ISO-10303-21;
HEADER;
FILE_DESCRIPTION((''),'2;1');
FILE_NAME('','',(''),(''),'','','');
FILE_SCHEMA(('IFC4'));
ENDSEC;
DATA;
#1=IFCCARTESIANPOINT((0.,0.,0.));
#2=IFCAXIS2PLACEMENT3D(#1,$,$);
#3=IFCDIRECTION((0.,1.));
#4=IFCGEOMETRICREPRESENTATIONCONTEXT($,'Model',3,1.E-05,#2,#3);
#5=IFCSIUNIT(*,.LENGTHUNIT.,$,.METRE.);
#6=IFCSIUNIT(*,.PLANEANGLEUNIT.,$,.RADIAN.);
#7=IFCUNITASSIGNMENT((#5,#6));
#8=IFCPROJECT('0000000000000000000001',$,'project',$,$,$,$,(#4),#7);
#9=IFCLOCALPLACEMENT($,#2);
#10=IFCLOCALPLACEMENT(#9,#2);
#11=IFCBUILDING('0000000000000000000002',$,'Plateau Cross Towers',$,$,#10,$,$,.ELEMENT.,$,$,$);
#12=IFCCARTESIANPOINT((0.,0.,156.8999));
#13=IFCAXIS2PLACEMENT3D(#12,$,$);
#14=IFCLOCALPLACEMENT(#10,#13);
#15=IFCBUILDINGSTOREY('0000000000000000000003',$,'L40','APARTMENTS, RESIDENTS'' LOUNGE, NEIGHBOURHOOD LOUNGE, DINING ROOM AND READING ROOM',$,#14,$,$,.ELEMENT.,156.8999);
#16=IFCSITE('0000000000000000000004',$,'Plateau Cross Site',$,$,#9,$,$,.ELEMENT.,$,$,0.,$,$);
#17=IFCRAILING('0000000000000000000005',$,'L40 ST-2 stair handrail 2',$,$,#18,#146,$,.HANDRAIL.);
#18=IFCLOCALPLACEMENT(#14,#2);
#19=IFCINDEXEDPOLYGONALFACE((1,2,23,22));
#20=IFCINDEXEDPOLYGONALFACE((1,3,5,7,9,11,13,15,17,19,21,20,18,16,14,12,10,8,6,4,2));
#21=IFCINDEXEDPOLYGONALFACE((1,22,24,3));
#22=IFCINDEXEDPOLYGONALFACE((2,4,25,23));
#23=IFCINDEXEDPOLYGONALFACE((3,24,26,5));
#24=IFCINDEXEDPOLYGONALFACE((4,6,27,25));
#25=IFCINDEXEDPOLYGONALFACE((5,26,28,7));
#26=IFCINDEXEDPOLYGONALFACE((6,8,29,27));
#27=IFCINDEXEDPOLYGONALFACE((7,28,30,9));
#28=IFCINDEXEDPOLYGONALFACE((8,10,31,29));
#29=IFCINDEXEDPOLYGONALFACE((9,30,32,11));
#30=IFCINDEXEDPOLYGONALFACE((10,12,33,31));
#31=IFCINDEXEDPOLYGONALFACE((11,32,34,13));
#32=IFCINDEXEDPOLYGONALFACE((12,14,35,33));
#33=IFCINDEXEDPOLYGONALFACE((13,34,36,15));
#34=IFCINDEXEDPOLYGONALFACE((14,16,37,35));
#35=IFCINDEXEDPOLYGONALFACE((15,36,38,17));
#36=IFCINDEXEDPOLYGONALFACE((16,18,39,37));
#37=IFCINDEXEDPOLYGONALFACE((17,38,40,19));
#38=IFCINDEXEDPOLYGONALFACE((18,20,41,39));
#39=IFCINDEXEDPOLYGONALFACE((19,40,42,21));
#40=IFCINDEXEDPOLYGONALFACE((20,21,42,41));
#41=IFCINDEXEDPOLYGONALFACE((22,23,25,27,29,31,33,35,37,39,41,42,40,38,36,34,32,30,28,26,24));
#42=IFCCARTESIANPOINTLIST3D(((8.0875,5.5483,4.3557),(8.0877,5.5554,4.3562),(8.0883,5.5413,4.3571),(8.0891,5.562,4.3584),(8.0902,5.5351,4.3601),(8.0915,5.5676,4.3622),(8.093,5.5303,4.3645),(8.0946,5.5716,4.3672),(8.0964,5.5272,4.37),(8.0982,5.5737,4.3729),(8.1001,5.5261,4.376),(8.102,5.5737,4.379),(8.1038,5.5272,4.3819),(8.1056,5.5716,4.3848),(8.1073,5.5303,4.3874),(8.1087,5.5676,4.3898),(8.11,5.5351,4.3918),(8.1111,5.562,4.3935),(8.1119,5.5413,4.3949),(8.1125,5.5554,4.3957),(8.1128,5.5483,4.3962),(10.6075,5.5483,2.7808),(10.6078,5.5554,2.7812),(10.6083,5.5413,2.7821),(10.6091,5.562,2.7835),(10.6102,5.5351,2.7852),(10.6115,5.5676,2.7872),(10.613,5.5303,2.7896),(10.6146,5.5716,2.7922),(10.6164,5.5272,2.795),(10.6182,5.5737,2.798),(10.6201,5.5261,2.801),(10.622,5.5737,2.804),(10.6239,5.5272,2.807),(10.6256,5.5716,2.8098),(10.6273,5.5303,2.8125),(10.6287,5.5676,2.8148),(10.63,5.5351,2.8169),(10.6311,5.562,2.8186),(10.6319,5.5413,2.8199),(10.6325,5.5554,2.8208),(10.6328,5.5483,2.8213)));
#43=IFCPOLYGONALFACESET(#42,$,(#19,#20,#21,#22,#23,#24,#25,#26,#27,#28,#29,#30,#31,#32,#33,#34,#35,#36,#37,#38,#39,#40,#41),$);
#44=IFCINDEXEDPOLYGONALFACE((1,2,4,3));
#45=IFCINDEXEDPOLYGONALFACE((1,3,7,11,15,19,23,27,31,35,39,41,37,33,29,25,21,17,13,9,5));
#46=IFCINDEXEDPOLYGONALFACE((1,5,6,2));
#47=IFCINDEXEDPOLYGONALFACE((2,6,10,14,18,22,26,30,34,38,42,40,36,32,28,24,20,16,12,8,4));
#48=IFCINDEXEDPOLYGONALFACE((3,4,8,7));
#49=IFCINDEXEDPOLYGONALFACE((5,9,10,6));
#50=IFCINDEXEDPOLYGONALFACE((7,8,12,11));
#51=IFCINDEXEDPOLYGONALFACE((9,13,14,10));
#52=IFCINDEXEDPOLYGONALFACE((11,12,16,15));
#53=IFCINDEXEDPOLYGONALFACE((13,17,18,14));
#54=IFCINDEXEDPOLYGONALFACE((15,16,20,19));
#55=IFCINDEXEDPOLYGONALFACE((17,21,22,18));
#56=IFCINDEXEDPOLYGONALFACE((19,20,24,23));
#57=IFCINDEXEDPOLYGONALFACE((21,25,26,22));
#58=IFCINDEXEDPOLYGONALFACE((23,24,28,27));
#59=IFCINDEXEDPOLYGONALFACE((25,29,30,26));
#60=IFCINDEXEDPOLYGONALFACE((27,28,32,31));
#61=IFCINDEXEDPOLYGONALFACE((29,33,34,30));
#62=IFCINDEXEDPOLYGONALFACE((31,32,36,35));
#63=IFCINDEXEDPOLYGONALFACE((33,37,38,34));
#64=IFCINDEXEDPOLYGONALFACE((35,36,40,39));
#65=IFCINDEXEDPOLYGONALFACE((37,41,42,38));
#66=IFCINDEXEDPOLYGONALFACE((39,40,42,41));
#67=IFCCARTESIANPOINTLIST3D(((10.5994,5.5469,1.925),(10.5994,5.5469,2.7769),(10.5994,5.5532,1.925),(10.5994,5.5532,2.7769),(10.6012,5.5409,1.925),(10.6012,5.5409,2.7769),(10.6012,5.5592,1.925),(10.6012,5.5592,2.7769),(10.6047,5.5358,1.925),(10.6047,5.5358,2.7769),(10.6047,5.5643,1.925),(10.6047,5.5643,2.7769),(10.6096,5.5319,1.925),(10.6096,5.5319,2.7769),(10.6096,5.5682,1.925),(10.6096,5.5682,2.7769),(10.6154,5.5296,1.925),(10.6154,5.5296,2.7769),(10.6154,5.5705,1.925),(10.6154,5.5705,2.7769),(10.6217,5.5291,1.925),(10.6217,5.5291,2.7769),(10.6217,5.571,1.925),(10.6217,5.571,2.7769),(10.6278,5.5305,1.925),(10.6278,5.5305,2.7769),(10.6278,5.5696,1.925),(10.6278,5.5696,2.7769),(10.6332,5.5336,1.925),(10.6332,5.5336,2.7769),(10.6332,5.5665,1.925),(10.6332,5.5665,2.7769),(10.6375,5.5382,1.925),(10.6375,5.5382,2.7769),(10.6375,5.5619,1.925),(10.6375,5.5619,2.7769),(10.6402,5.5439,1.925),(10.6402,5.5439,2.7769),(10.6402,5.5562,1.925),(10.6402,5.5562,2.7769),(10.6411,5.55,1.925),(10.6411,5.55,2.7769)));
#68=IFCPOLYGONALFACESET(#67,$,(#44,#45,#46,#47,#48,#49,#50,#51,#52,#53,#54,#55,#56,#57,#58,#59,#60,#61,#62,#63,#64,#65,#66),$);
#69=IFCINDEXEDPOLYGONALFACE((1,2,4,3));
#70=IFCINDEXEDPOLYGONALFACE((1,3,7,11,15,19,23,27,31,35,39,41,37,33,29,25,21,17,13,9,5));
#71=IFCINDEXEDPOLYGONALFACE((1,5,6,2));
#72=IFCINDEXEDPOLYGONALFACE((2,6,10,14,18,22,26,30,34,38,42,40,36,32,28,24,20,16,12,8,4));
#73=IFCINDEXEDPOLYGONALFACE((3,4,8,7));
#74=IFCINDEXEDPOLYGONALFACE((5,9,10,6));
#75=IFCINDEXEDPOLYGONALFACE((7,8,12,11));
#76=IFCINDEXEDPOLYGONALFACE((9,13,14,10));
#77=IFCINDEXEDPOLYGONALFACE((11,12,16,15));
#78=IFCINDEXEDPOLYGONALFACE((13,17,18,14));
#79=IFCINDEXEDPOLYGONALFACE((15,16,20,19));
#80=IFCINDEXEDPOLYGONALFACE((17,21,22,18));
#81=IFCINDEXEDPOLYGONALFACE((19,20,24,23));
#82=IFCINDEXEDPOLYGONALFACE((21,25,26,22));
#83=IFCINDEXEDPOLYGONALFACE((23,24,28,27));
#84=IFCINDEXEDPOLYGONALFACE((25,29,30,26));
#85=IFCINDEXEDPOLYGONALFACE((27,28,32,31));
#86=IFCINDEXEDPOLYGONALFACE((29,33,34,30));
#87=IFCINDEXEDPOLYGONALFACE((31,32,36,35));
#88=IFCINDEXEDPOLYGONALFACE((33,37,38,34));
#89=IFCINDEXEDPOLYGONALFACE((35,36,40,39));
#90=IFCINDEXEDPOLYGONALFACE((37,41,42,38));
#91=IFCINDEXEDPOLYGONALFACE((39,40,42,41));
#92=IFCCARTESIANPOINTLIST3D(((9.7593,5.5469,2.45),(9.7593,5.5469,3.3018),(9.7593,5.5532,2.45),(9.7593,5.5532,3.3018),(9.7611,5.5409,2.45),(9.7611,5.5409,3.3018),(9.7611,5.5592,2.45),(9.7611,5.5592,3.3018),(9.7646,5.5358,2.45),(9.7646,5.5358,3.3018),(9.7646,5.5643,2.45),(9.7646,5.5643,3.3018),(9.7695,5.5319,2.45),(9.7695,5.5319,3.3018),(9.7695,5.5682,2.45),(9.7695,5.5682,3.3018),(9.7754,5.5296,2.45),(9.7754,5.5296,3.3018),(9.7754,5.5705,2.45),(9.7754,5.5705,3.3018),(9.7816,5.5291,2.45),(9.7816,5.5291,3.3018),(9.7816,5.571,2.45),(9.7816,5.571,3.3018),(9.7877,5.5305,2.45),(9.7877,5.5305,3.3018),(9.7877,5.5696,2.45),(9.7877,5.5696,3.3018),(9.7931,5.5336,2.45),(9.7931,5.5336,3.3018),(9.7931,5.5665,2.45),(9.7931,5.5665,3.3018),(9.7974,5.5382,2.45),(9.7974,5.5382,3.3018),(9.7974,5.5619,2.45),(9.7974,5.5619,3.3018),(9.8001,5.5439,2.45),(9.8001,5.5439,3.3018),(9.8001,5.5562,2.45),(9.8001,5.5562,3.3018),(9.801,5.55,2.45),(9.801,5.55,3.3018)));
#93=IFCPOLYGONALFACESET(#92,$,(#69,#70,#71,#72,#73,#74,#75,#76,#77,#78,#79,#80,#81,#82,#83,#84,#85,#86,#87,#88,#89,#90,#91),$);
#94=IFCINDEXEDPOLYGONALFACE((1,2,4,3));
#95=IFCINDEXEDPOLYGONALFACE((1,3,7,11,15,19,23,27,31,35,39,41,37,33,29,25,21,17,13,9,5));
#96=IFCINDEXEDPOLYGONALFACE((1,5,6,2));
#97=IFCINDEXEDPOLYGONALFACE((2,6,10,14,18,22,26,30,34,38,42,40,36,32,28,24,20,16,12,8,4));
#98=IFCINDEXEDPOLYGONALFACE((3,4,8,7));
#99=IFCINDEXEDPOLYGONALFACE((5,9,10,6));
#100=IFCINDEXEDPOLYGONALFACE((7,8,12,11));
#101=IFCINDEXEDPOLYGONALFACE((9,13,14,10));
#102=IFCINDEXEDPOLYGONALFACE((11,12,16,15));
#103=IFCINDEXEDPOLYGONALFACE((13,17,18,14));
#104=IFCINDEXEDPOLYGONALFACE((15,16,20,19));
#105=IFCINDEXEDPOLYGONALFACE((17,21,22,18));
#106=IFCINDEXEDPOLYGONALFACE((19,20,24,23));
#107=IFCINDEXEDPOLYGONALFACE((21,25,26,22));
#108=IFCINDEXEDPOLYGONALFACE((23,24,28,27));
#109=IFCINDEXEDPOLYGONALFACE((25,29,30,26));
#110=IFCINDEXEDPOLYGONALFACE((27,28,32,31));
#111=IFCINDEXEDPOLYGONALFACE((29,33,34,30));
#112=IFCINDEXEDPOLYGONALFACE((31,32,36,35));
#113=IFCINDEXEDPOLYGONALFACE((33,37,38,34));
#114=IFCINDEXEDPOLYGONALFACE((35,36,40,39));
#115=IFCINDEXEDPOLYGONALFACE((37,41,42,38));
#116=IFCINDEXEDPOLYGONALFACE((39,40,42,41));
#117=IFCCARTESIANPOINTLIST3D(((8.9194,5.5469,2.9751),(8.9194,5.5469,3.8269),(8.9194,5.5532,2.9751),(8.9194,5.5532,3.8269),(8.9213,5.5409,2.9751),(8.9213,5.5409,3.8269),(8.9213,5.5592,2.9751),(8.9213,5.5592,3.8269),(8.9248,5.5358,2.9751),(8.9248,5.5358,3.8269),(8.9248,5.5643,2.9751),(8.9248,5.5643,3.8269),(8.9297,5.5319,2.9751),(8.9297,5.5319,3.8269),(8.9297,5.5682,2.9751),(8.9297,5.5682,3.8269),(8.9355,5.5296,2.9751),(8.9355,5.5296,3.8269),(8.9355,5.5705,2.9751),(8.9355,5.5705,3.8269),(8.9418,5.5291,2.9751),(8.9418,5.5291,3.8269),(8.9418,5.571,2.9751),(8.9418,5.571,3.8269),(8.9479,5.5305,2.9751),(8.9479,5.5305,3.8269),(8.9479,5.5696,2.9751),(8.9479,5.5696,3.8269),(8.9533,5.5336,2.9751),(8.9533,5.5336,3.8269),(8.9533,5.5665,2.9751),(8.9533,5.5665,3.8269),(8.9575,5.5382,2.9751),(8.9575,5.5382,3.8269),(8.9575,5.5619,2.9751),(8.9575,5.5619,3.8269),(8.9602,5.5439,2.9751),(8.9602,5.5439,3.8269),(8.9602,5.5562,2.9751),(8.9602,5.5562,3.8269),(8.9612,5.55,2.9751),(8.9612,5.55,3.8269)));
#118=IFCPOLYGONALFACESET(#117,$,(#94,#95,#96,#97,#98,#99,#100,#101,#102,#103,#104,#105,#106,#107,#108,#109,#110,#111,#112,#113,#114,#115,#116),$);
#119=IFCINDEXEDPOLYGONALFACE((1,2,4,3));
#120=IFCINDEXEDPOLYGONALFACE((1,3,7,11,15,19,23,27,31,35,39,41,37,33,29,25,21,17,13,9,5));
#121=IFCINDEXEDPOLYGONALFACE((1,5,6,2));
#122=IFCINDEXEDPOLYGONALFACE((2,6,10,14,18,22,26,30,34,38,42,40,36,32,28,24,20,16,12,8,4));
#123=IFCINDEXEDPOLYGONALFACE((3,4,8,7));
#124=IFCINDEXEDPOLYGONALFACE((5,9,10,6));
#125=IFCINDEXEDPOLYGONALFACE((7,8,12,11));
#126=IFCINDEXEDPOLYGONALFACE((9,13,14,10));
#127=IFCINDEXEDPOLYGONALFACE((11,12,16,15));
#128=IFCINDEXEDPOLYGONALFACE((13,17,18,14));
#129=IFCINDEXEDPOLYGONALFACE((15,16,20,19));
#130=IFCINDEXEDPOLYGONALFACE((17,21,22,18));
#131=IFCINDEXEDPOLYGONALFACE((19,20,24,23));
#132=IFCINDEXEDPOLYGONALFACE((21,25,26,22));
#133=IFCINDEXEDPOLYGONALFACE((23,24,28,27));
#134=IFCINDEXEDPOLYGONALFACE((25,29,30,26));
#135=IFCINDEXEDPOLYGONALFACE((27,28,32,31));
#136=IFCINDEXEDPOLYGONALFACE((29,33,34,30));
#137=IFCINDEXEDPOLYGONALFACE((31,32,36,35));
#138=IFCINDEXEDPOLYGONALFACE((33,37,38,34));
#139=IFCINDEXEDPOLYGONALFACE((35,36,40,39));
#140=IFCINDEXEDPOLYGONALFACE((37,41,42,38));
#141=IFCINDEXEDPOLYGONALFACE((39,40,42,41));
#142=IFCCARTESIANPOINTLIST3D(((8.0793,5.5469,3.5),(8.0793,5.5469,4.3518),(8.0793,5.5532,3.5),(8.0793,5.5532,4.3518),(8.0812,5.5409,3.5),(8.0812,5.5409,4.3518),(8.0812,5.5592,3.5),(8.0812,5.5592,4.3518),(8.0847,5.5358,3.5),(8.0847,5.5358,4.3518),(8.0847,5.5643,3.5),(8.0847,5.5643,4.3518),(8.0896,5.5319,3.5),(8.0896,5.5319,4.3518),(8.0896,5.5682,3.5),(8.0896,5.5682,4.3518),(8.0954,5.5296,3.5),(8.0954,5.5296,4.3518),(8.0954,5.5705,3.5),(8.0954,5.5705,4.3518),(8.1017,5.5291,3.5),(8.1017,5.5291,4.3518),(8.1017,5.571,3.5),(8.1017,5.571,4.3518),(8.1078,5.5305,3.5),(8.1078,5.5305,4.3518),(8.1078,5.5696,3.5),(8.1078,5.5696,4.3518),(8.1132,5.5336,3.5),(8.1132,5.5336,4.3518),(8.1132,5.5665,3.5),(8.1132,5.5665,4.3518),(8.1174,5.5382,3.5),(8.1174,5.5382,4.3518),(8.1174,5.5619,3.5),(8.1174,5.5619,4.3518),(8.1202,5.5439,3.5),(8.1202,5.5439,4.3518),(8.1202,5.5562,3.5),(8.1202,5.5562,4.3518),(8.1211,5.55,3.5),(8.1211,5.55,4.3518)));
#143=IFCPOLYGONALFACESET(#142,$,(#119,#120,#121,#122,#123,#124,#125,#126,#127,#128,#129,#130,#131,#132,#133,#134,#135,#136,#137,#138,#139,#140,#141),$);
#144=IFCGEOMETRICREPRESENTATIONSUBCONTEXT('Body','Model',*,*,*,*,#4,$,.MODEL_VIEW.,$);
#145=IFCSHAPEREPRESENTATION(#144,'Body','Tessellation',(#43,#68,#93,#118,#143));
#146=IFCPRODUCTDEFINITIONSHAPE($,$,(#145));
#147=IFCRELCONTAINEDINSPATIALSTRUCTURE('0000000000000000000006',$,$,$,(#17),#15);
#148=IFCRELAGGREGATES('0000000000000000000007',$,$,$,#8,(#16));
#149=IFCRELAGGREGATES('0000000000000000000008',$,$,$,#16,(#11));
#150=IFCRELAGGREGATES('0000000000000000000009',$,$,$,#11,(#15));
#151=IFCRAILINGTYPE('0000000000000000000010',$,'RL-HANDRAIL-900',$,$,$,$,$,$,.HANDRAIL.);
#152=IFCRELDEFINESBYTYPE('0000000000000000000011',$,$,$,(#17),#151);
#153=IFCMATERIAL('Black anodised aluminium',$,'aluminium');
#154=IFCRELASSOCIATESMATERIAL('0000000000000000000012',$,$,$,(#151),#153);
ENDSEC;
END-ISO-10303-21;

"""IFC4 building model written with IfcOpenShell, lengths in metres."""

from ifc_helpers import new_model, si_unit, direction, frame, origin, origin_2d, place, context, subcontext, project, spatial, circle, extrude, material, type_object, element, save


model = new_model("IFC4")

# Units and contexts
model_context = context("Model", 3, precision=1e-05, world=origin(), true_north=direction((0.0, 1.0)))
body_context = subcontext(model_context, "Body", "Model", "MODEL_VIEW")
ifc_project = project(units=[si_unit("LENGTHUNIT", "METRE"), si_unit("PLANEANGLEUNIT", "RADIAN")], contexts=[model_context])

# Site, building, storey
site_placement = place(None, origin())
site = spatial("IfcSite", under=ifc_project, at=site_placement, Name="Plateau Cross Site", CompositionType="ELEMENT", RefElevation=0.0)
building_placement = place(site_placement, origin())
building = spatial("IfcBuilding", under=site, at=building_placement, Name="Plateau Cross Towers", CompositionType="ELEMENT")
storey_placement = place(building_placement, frame((0.0, 0.0, 156.8999)))
storey = spatial("IfcBuildingStorey", under=building, at=storey_placement, Name="L40", Description="APARTMENTS, RESIDENTS' LOUNGE, NEIGHBOURHOOD LOUNGE, DINING ROOM AND READING ROOM", CompositionType="ELEMENT", Elevation=156.8999)

# Shared definitions
ifc_material_1 = material(Name="Black anodised aluminium", Category="aluminium")

# Railing
railing_type_1 = type_object("IfcRailingType", Name="RL-HANDRAIL-900", PredefinedType="HANDRAIL", material=ifc_material_1)
railing_1_placement = place(storey_placement, frame((10.6201, 5.55, 1.925)))
element("IfcRailing", 1, at=railing_1_placement, inside=storey, type_object=railing_type_1, Name="L40 ST-2 stair handrail 2", PredefinedType="HANDRAIL", context=body_context, shape_type="SweptSolid", body=[
    extrude(circle(Radius=0.0239, at=origin_2d()), frame((0.0, 0.0, 0.876), z_axis=(-0.848008, 0.0, 0.529984), x_axis=(0.0, -1.0, 0.0)), (0.0, 0.0, 1.0), 2.9717),
    extrude(circle(Radius=0.021, at=origin_2d()), origin(), (0.0, 0.0, 1.0), 0.8518),
    extrude(circle(Radius=0.021, at=origin_2d()), frame((-0.8401, 0.0, 0.5249)), (0.0, 0.0, 1.0), 0.8518),
    extrude(circle(Radius=0.021, at=origin_2d()), frame((-1.6799, 0.0, 1.05)), (0.0, 0.0, 1.0), 0.8518),
    extrude(circle(Radius=0.021, at=origin_2d()), frame((-2.52, 0.0, 1.575)), (0.0, 0.0, 1.0), 0.8518),
])

save(model, "model.ifc")
